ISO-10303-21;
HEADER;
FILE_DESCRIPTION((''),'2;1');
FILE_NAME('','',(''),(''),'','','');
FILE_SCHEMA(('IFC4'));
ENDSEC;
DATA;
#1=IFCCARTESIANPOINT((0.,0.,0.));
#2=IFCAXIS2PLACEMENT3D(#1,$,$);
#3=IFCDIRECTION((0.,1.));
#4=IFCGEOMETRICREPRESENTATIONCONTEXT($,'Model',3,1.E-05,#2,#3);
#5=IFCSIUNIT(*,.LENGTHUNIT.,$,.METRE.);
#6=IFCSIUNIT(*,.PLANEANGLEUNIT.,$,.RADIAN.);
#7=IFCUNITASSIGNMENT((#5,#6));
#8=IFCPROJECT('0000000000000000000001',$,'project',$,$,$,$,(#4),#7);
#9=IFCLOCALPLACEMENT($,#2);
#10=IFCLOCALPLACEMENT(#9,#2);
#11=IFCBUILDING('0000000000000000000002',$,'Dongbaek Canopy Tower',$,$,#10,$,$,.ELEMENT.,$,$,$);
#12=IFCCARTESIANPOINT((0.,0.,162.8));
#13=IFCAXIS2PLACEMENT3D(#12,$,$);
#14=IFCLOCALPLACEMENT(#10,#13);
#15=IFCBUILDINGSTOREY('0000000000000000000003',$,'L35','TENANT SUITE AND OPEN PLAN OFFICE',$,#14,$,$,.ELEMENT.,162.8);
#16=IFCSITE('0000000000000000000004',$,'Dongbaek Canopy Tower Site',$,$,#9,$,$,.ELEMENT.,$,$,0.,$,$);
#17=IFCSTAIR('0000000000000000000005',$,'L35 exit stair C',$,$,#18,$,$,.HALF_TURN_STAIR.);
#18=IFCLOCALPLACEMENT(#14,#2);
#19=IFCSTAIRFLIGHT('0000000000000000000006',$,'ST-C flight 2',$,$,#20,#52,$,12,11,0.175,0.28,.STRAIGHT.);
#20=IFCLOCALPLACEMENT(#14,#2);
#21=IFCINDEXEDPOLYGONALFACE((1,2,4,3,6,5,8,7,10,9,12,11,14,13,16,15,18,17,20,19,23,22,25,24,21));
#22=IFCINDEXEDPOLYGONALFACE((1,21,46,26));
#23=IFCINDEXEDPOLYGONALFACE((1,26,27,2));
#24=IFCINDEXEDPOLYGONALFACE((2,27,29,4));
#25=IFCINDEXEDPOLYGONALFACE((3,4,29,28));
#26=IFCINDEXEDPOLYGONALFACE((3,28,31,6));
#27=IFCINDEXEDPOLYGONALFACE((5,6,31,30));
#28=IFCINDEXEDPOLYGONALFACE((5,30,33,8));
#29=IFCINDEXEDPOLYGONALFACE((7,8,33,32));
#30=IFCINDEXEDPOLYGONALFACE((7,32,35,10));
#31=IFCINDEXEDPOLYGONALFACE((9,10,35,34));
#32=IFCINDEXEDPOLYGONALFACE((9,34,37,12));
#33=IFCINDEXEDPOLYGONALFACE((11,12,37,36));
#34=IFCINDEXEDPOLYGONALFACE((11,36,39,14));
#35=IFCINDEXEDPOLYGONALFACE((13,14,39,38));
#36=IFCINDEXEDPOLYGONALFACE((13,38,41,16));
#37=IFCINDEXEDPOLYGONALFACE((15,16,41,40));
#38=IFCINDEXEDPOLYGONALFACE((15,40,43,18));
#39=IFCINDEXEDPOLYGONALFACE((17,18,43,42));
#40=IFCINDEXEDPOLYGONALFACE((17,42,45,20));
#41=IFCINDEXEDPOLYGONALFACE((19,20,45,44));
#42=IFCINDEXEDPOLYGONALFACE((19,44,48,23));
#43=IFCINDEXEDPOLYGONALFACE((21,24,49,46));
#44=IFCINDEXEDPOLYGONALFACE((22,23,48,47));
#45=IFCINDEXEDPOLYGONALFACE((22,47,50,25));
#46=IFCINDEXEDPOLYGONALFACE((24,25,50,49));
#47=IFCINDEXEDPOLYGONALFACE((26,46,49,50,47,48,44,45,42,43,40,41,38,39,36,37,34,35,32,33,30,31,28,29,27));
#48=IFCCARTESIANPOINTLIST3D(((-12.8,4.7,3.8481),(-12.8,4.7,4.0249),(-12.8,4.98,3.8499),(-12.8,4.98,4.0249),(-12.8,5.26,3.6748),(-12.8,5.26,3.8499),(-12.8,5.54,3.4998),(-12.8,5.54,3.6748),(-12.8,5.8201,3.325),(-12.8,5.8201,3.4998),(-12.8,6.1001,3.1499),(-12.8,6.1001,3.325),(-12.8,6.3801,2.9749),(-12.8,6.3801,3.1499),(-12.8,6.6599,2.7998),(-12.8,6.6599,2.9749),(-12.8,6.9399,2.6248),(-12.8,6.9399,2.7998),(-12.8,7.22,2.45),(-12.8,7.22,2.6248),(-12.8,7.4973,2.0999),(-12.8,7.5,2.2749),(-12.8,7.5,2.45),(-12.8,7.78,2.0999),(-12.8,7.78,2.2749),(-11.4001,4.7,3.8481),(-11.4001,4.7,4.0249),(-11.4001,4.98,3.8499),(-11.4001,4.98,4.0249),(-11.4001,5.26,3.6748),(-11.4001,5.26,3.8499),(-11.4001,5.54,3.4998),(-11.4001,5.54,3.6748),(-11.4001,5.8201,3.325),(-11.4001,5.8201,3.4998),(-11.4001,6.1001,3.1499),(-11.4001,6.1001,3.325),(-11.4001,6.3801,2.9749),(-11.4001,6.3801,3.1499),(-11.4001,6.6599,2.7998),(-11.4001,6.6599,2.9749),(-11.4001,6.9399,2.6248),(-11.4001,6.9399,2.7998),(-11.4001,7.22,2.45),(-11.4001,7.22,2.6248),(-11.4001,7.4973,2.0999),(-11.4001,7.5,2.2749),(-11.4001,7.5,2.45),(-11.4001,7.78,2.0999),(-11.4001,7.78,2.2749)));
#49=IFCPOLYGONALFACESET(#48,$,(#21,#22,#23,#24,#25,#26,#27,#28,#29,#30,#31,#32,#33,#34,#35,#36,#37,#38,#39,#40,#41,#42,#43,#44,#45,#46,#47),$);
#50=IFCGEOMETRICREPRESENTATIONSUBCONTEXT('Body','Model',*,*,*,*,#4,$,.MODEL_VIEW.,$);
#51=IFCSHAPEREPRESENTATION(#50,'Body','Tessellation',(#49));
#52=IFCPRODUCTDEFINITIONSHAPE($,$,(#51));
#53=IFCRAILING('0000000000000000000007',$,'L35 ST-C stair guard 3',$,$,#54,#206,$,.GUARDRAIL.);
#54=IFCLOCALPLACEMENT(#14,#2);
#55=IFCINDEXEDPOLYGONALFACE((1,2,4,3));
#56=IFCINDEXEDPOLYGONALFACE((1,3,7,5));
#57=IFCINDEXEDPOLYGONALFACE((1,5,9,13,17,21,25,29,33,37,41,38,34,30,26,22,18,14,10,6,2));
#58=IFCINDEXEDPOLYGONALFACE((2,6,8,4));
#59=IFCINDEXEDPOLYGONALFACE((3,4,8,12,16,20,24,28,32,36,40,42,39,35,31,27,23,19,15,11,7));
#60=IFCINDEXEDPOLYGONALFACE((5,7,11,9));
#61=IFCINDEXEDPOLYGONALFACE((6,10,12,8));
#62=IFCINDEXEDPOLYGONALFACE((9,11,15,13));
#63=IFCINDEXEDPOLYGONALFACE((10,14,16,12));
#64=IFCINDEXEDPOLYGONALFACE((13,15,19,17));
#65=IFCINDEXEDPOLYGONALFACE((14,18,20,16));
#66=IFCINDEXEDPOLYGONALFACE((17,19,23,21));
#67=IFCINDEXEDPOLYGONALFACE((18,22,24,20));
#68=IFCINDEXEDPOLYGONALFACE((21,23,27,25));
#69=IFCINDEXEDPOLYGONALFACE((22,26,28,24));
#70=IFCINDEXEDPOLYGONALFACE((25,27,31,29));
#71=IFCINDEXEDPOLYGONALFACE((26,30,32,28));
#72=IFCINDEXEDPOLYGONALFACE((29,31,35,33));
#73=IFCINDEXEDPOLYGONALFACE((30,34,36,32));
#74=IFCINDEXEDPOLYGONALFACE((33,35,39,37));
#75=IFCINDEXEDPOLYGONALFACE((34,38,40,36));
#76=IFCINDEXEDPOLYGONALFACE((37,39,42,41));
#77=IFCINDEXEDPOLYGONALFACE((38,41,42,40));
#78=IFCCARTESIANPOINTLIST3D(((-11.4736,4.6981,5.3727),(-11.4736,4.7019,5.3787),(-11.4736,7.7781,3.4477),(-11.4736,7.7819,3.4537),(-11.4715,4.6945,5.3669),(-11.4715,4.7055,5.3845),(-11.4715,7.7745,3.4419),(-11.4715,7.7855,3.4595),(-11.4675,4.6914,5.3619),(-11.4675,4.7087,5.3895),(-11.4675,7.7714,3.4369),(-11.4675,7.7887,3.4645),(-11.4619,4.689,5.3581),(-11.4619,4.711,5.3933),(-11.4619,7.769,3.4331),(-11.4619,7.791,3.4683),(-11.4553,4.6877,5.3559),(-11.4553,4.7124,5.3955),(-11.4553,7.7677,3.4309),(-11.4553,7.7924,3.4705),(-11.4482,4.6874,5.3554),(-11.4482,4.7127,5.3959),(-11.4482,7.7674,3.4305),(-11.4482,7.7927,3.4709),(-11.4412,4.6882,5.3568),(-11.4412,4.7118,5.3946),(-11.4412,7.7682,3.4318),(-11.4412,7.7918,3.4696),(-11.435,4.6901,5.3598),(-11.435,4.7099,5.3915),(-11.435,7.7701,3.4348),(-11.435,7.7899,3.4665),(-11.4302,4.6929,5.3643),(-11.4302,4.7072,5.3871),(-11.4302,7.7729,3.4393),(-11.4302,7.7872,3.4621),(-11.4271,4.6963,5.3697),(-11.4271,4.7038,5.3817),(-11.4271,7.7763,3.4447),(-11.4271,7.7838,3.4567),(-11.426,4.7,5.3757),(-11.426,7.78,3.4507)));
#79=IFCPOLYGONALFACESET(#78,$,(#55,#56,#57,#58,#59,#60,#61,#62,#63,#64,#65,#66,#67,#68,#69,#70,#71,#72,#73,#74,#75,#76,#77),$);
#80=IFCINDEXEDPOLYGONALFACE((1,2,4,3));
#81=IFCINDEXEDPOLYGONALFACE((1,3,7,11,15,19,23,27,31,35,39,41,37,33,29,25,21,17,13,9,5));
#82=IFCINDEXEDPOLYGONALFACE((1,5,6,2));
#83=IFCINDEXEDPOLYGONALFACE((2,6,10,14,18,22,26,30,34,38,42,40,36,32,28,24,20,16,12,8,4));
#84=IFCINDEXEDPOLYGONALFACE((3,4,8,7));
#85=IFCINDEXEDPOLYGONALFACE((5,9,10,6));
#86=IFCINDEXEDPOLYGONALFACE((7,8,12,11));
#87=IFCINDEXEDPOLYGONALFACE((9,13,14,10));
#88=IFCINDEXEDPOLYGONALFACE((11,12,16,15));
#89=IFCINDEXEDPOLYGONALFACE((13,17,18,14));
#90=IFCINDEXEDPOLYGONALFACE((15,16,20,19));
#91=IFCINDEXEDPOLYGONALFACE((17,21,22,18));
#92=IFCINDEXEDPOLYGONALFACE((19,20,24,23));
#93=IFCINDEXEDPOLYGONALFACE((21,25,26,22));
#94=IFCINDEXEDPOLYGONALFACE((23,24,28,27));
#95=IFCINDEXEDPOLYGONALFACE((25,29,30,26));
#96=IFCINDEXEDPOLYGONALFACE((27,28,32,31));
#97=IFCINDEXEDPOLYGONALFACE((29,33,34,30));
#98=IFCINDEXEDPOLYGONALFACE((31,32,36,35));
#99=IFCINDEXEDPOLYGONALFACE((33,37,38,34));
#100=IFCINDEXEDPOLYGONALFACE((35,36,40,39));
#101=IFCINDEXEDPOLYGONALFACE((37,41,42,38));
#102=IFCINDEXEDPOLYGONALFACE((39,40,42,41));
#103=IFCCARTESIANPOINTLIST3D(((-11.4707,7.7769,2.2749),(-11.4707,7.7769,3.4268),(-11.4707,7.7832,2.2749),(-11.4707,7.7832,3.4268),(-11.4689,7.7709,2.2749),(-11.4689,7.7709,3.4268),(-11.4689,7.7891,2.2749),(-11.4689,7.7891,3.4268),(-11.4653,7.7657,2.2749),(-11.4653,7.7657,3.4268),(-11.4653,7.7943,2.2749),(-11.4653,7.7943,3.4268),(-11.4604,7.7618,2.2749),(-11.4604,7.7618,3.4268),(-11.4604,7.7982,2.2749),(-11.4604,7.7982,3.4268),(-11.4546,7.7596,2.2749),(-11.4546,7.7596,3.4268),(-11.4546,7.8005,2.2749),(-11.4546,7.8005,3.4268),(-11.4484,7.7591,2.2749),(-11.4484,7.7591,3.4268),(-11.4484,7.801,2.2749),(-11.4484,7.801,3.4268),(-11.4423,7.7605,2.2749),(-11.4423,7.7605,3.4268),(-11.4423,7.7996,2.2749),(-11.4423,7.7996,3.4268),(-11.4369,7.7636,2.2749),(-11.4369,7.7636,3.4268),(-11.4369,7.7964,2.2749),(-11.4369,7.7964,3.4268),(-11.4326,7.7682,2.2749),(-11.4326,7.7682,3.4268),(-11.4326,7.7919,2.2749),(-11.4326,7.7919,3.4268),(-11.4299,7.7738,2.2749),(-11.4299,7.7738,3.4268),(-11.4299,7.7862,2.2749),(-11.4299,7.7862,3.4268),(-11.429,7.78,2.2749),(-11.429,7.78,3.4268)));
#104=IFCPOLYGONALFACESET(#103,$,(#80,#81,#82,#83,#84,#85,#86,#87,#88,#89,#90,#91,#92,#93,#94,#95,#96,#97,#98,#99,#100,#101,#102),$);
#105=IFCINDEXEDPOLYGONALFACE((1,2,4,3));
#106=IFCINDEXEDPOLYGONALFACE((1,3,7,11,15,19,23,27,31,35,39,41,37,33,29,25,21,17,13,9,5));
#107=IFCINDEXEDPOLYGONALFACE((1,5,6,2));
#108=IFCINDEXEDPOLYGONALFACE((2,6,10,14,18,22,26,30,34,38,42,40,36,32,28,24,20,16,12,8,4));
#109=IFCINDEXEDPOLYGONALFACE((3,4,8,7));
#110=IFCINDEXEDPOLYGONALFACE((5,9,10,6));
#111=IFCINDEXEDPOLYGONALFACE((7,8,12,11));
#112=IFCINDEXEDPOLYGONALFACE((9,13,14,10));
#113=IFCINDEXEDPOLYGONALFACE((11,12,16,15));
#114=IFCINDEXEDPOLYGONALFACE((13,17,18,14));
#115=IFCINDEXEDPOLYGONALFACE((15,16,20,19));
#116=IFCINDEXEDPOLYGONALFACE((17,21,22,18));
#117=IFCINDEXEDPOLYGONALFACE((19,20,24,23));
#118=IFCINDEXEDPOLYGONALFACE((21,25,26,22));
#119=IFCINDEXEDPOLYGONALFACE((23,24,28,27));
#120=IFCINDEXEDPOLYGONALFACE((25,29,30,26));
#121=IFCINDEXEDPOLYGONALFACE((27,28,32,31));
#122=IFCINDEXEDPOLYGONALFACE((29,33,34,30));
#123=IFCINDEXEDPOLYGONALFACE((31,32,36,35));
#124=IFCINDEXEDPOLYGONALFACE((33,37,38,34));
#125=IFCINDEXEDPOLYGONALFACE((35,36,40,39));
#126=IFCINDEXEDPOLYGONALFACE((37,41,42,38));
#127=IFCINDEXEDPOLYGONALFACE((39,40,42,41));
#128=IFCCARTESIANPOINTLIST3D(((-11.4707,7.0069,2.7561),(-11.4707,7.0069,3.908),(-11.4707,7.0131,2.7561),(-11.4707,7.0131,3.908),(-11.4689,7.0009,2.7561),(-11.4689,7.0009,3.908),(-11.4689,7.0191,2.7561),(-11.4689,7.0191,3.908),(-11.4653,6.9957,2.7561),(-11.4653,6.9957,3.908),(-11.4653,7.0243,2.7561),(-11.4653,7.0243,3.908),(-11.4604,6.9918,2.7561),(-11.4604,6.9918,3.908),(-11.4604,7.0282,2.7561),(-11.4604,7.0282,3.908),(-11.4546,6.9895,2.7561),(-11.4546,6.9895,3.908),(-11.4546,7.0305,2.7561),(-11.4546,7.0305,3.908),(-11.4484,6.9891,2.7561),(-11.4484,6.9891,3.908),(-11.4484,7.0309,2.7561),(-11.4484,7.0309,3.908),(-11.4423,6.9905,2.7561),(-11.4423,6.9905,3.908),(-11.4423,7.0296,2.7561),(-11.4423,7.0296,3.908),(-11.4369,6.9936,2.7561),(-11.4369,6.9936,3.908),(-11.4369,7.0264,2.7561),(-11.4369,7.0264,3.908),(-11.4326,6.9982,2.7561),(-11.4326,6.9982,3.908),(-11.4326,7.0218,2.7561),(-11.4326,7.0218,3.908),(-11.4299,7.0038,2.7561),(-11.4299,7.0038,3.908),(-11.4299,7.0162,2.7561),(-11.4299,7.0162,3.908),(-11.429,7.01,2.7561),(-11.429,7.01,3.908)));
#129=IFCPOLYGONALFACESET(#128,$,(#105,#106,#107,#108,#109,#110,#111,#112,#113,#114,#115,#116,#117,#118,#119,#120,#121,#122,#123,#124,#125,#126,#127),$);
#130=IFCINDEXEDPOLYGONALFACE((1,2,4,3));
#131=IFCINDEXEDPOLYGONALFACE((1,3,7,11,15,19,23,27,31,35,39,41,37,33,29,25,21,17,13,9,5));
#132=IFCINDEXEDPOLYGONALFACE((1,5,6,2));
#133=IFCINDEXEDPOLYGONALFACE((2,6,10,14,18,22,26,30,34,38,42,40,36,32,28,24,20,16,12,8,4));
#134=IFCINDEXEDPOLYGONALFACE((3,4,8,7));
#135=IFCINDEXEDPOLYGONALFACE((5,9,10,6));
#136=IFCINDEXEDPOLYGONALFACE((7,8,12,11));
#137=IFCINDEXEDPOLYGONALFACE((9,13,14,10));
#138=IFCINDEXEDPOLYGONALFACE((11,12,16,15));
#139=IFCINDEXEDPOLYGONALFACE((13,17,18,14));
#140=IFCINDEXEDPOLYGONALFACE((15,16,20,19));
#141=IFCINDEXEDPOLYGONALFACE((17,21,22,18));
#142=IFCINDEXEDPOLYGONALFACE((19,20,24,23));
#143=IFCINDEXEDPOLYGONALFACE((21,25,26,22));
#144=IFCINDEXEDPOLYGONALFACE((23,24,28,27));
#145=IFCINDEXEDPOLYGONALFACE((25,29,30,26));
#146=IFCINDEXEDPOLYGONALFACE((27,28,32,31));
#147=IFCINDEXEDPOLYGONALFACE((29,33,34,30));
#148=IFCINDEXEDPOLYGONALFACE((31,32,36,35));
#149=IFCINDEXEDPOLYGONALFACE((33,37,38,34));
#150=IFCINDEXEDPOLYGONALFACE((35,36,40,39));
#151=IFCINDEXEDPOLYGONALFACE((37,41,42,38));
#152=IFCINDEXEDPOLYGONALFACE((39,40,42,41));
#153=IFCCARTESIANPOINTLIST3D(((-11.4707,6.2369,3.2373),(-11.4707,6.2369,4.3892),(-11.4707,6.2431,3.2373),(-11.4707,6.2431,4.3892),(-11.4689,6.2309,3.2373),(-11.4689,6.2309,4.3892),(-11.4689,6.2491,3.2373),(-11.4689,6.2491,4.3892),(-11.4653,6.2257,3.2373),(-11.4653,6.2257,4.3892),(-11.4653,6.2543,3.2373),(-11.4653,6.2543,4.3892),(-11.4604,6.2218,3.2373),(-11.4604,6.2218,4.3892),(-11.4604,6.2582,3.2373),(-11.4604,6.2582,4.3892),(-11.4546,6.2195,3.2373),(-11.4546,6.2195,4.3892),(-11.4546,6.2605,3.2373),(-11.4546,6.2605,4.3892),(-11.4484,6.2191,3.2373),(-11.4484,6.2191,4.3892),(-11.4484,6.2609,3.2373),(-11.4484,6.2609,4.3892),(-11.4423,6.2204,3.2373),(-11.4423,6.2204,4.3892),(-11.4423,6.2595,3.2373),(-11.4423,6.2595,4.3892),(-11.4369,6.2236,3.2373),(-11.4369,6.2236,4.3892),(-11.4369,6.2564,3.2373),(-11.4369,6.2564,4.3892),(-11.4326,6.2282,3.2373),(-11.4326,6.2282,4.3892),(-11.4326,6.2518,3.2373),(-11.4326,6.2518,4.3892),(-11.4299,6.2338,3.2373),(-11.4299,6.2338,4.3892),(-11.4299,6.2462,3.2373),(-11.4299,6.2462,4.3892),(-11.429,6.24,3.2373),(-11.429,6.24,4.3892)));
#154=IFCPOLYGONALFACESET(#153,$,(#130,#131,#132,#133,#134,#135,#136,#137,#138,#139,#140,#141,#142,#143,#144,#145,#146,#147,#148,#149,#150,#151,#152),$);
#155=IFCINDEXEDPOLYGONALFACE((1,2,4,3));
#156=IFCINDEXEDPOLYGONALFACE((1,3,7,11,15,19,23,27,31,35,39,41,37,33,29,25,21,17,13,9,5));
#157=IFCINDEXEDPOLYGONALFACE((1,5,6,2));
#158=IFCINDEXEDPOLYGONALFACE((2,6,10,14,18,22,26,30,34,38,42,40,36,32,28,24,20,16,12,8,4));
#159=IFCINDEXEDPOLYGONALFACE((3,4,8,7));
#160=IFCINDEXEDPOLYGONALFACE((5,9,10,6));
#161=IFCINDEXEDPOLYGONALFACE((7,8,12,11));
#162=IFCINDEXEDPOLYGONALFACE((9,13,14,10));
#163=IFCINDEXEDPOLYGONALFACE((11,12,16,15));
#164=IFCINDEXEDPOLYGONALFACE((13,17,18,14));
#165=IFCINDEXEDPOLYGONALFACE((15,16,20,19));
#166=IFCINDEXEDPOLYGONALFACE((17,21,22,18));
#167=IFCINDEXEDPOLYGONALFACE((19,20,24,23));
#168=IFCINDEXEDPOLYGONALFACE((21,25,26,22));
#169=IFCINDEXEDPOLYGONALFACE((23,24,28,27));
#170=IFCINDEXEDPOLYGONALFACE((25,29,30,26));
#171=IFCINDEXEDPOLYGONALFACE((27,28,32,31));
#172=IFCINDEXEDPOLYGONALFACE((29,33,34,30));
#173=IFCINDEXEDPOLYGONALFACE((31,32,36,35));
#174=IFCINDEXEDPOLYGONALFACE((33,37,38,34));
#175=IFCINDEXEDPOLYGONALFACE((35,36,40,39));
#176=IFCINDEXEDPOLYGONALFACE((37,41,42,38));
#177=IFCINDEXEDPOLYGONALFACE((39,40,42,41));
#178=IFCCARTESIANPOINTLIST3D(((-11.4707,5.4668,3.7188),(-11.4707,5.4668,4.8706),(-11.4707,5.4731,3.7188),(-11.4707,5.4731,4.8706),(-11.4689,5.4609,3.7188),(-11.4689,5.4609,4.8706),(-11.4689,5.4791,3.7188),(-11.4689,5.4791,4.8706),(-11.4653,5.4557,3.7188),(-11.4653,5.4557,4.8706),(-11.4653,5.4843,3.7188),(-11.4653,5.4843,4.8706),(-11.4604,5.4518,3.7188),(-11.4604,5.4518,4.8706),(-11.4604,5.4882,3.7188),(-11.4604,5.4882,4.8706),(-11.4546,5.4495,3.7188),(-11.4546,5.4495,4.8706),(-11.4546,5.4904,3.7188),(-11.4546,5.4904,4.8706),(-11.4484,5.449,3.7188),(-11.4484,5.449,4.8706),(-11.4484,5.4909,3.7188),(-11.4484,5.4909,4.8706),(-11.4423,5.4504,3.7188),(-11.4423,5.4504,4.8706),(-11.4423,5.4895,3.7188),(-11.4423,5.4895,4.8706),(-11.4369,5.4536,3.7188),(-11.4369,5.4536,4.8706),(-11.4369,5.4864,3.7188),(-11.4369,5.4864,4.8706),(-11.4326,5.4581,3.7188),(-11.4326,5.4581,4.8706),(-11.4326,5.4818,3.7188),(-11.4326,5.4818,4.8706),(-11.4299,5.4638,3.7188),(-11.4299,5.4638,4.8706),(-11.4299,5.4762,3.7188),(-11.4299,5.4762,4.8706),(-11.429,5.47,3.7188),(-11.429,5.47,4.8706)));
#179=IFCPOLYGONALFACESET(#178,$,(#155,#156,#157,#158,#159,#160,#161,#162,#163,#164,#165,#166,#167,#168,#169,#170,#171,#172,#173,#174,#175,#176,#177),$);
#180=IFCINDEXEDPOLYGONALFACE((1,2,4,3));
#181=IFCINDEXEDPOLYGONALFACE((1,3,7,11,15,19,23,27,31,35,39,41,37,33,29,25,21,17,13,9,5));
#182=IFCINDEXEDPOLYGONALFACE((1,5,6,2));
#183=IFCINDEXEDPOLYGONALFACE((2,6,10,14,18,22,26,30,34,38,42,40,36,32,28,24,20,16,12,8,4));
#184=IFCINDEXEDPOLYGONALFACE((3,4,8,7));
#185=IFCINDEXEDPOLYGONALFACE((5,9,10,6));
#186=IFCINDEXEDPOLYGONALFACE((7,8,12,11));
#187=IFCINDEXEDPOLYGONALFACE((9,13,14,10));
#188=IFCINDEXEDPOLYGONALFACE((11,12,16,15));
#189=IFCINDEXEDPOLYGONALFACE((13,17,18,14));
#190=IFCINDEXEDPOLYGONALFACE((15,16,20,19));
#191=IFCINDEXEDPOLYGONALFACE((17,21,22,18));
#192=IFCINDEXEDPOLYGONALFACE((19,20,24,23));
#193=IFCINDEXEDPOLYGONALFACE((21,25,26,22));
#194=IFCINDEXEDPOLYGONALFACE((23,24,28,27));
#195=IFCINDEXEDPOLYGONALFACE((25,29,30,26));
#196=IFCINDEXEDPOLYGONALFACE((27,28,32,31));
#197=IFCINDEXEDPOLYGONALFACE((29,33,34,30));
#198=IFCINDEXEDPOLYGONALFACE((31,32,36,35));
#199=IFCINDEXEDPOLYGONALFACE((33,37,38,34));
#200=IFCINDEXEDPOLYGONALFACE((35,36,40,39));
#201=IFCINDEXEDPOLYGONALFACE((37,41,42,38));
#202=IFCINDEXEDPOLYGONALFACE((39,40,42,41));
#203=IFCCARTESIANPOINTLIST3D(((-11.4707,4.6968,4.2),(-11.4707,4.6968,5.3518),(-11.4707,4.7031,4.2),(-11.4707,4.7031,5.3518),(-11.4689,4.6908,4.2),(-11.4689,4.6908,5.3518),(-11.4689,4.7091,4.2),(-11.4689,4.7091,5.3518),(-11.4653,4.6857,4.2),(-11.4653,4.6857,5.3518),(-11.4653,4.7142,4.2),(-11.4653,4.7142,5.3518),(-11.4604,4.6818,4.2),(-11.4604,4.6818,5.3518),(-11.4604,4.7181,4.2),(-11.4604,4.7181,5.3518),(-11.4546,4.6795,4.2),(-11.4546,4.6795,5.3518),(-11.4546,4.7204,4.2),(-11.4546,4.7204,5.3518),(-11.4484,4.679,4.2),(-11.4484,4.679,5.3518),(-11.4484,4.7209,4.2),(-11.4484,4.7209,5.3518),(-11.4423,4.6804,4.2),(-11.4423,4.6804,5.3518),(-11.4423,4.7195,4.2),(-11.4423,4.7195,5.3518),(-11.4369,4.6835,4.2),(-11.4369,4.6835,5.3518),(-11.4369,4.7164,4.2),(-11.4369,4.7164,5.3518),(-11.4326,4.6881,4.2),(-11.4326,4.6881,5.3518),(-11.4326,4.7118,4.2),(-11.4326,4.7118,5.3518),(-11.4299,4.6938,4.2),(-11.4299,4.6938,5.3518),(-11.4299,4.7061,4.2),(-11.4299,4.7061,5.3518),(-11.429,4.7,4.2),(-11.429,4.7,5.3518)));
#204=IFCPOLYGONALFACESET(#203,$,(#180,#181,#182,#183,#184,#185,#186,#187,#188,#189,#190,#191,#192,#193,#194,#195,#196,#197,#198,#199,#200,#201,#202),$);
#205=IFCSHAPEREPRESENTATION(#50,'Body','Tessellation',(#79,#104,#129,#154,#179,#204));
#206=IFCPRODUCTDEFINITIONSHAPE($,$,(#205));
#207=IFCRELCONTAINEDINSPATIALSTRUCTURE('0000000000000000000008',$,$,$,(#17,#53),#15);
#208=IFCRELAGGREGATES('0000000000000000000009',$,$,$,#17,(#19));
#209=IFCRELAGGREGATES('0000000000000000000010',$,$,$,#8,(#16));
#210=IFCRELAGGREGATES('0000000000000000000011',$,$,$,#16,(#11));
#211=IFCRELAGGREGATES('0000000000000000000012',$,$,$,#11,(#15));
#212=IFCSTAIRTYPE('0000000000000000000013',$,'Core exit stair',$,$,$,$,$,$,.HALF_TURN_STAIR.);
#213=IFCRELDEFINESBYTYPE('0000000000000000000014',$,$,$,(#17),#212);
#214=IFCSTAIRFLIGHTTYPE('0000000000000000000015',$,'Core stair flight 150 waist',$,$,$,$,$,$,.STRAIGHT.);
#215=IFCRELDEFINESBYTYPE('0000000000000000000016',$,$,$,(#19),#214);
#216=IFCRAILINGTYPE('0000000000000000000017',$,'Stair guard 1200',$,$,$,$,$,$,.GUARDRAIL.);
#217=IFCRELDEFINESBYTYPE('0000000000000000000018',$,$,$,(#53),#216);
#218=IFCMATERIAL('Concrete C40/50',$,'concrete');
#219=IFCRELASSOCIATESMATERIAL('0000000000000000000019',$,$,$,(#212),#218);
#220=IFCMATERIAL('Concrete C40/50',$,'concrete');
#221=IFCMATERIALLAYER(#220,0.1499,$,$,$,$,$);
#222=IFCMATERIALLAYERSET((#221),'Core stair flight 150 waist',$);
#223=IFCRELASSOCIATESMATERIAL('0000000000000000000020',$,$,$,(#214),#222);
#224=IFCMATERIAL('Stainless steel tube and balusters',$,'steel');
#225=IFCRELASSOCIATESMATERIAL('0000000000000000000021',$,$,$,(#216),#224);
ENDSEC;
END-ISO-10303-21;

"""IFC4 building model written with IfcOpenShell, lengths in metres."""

from ifc_helpers import new_model, si_unit, direction, frame, origin, origin_2d, place, context, subcontext, project, spatial, polyline, circle, outline, extrude, material, layer, layer_set, type_object, element, aggregate, save


model = new_model("IFC4")

# Units and contexts
model_context = context("Model", 3, precision=1e-05, world=origin(), true_north=direction((0.0, 1.0)))
body_context = subcontext(model_context, "Body", "Model", "MODEL_VIEW")
ifc_project = project(units=[si_unit("LENGTHUNIT", "METRE"), si_unit("PLANEANGLEUNIT", "RADIAN")], contexts=[model_context])

# Site, building, storey
site_placement = place(None, origin())
site = spatial("IfcSite", under=ifc_project, at=site_placement, Name="Dongbaek Canopy Tower Site", CompositionType="ELEMENT", RefElevation=0.0)
building_placement = place(site_placement, origin())
building = spatial("IfcBuilding", under=site, at=building_placement, Name="Dongbaek Canopy Tower", CompositionType="ELEMENT")
storey_placement = place(building_placement, frame((0.0, 0.0, 162.8)))
storey = spatial("IfcBuildingStorey", under=building, at=storey_placement, Name="L35", Description="TENANT SUITE AND OPEN PLAN OFFICE", CompositionType="ELEMENT", Elevation=162.8)

# Stair, stair flight
ifc_material_1 = material(Name="Concrete C40/50", Category="concrete")
stair_type = type_object("IfcStairType", Name="Core exit stair", PredefinedType="HALF_TURN_STAIR", material=ifc_material_1)
stair_placement = place(storey_placement, origin())
stair = element("IfcStair", 1, at=stair_placement, inside=storey, type_object=stair_type, Name="L35 exit stair C", PredefinedType="HALF_TURN_STAIR")
ifc_material_2 = material(Name="Concrete C40/50", Category="concrete")
ifc_layer_1 = layer(ifc_material_2, 0.1499)
ifc_layer_set_1 = layer_set([ifc_layer_1], Name="Core stair flight 150 waist")
stair_flight_type = type_object("IfcStairFlightType", Name="Core stair flight 150 waist", PredefinedType="STRAIGHT", material=ifc_layer_set_1)
stair_flight_placement = place(storey_placement, frame((-12.1001, 7.78, 2.0999), z_axis=(0.0, 0.0, 1.0), x_axis=(0.0, -1.0, 0.0)))
stair_flight = element("IfcStairFlight", 2, at=stair_flight_placement, type_object=stair_flight_type, Name="ST-C flight 2", NumberOfRisers=12, NumberOfTreads=11, PredefinedType="STRAIGHT", RiserHeight=0.175, TreadLength=0.28, context=body_context, shape_type="SweptSolid", body=[
    extrude(outline(polyline([(0.0, 0.0), (0.0, 0.175), (0.28, 0.175), (0.28, 0.3501), (0.5601, 0.3501), (0.5601, 0.5249), (0.8401, 0.5249), (0.8401, 0.7), (1.1201, 0.7), (1.1201, 0.875), (1.3999, 0.875), (1.3999, 1.05), (1.6799, 1.05), (1.6799, 1.2251), (1.96, 1.2251), (1.96, 1.3999), (2.24, 1.3999), (2.24, 1.575), (2.52, 1.575), (2.52, 1.75), (2.8, 1.75), (2.8, 1.925), (3.0801, 1.925), (3.0801, 2.1001), (3.0801, 1.7483), (0.2827, 0.0), (0.0, 0.0)])), frame((0.0, 0.7, 0.0), z_axis=(0.0, -1.0, 0.0), x_axis=(1.0, 0.0, 0.0)), (0.0, 0.0, 1.0), 1.3999),
])
aggregate(stair, [stair_flight])

# Railing
ifc_material_3 = material(Name="Stainless steel tube and balusters", Category="steel")
railing_type_1 = type_object("IfcRailingType", Name="Stair guard 1200", PredefinedType="GUARDRAIL", material=ifc_material_3)
railing_1_placement = place(storey_placement, frame((-11.45, 7.78, 2.2749)))
element("IfcRailing", 3, at=railing_1_placement, inside=storey, type_object=railing_type_1, Name="L35 ST-C stair guard 3", PredefinedType="GUARDRAIL", context=body_context, shape_type="SweptSolid", body=[
    extrude(circle(Radius=0.0239, at=origin_2d()), frame((0.0, 0.0, 1.1758), z_axis=(0.0, -0.847998, 0.529999), x_axis=(1.0, 0.0, 0.0)), (0.0, 0.0, 1.0), 3.6321),
    extrude(circle(Radius=0.021, at=origin_2d()), origin(), (0.0, 0.0, 1.0), 1.1519),
    extrude(circle(Radius=0.021, at=origin_2d()), frame((0.0, -0.77, 0.4812)), (0.0, 0.0, 1.0), 1.1519),
    extrude(circle(Radius=0.021, at=origin_2d()), frame((0.0, -1.54, 0.9624)), (0.0, 0.0, 1.0), 1.1519),
    extrude(circle(Radius=0.021, at=origin_2d()), frame((0.0, -2.3101, 1.4438)), (0.0, 0.0, 1.0), 1.1519),
    extrude(circle(Radius=0.021, at=origin_2d()), frame((0.0, -3.0801, 1.925)), (0.0, 0.0, 1.0), 1.1519),
])

save(model, "model.ifc")
